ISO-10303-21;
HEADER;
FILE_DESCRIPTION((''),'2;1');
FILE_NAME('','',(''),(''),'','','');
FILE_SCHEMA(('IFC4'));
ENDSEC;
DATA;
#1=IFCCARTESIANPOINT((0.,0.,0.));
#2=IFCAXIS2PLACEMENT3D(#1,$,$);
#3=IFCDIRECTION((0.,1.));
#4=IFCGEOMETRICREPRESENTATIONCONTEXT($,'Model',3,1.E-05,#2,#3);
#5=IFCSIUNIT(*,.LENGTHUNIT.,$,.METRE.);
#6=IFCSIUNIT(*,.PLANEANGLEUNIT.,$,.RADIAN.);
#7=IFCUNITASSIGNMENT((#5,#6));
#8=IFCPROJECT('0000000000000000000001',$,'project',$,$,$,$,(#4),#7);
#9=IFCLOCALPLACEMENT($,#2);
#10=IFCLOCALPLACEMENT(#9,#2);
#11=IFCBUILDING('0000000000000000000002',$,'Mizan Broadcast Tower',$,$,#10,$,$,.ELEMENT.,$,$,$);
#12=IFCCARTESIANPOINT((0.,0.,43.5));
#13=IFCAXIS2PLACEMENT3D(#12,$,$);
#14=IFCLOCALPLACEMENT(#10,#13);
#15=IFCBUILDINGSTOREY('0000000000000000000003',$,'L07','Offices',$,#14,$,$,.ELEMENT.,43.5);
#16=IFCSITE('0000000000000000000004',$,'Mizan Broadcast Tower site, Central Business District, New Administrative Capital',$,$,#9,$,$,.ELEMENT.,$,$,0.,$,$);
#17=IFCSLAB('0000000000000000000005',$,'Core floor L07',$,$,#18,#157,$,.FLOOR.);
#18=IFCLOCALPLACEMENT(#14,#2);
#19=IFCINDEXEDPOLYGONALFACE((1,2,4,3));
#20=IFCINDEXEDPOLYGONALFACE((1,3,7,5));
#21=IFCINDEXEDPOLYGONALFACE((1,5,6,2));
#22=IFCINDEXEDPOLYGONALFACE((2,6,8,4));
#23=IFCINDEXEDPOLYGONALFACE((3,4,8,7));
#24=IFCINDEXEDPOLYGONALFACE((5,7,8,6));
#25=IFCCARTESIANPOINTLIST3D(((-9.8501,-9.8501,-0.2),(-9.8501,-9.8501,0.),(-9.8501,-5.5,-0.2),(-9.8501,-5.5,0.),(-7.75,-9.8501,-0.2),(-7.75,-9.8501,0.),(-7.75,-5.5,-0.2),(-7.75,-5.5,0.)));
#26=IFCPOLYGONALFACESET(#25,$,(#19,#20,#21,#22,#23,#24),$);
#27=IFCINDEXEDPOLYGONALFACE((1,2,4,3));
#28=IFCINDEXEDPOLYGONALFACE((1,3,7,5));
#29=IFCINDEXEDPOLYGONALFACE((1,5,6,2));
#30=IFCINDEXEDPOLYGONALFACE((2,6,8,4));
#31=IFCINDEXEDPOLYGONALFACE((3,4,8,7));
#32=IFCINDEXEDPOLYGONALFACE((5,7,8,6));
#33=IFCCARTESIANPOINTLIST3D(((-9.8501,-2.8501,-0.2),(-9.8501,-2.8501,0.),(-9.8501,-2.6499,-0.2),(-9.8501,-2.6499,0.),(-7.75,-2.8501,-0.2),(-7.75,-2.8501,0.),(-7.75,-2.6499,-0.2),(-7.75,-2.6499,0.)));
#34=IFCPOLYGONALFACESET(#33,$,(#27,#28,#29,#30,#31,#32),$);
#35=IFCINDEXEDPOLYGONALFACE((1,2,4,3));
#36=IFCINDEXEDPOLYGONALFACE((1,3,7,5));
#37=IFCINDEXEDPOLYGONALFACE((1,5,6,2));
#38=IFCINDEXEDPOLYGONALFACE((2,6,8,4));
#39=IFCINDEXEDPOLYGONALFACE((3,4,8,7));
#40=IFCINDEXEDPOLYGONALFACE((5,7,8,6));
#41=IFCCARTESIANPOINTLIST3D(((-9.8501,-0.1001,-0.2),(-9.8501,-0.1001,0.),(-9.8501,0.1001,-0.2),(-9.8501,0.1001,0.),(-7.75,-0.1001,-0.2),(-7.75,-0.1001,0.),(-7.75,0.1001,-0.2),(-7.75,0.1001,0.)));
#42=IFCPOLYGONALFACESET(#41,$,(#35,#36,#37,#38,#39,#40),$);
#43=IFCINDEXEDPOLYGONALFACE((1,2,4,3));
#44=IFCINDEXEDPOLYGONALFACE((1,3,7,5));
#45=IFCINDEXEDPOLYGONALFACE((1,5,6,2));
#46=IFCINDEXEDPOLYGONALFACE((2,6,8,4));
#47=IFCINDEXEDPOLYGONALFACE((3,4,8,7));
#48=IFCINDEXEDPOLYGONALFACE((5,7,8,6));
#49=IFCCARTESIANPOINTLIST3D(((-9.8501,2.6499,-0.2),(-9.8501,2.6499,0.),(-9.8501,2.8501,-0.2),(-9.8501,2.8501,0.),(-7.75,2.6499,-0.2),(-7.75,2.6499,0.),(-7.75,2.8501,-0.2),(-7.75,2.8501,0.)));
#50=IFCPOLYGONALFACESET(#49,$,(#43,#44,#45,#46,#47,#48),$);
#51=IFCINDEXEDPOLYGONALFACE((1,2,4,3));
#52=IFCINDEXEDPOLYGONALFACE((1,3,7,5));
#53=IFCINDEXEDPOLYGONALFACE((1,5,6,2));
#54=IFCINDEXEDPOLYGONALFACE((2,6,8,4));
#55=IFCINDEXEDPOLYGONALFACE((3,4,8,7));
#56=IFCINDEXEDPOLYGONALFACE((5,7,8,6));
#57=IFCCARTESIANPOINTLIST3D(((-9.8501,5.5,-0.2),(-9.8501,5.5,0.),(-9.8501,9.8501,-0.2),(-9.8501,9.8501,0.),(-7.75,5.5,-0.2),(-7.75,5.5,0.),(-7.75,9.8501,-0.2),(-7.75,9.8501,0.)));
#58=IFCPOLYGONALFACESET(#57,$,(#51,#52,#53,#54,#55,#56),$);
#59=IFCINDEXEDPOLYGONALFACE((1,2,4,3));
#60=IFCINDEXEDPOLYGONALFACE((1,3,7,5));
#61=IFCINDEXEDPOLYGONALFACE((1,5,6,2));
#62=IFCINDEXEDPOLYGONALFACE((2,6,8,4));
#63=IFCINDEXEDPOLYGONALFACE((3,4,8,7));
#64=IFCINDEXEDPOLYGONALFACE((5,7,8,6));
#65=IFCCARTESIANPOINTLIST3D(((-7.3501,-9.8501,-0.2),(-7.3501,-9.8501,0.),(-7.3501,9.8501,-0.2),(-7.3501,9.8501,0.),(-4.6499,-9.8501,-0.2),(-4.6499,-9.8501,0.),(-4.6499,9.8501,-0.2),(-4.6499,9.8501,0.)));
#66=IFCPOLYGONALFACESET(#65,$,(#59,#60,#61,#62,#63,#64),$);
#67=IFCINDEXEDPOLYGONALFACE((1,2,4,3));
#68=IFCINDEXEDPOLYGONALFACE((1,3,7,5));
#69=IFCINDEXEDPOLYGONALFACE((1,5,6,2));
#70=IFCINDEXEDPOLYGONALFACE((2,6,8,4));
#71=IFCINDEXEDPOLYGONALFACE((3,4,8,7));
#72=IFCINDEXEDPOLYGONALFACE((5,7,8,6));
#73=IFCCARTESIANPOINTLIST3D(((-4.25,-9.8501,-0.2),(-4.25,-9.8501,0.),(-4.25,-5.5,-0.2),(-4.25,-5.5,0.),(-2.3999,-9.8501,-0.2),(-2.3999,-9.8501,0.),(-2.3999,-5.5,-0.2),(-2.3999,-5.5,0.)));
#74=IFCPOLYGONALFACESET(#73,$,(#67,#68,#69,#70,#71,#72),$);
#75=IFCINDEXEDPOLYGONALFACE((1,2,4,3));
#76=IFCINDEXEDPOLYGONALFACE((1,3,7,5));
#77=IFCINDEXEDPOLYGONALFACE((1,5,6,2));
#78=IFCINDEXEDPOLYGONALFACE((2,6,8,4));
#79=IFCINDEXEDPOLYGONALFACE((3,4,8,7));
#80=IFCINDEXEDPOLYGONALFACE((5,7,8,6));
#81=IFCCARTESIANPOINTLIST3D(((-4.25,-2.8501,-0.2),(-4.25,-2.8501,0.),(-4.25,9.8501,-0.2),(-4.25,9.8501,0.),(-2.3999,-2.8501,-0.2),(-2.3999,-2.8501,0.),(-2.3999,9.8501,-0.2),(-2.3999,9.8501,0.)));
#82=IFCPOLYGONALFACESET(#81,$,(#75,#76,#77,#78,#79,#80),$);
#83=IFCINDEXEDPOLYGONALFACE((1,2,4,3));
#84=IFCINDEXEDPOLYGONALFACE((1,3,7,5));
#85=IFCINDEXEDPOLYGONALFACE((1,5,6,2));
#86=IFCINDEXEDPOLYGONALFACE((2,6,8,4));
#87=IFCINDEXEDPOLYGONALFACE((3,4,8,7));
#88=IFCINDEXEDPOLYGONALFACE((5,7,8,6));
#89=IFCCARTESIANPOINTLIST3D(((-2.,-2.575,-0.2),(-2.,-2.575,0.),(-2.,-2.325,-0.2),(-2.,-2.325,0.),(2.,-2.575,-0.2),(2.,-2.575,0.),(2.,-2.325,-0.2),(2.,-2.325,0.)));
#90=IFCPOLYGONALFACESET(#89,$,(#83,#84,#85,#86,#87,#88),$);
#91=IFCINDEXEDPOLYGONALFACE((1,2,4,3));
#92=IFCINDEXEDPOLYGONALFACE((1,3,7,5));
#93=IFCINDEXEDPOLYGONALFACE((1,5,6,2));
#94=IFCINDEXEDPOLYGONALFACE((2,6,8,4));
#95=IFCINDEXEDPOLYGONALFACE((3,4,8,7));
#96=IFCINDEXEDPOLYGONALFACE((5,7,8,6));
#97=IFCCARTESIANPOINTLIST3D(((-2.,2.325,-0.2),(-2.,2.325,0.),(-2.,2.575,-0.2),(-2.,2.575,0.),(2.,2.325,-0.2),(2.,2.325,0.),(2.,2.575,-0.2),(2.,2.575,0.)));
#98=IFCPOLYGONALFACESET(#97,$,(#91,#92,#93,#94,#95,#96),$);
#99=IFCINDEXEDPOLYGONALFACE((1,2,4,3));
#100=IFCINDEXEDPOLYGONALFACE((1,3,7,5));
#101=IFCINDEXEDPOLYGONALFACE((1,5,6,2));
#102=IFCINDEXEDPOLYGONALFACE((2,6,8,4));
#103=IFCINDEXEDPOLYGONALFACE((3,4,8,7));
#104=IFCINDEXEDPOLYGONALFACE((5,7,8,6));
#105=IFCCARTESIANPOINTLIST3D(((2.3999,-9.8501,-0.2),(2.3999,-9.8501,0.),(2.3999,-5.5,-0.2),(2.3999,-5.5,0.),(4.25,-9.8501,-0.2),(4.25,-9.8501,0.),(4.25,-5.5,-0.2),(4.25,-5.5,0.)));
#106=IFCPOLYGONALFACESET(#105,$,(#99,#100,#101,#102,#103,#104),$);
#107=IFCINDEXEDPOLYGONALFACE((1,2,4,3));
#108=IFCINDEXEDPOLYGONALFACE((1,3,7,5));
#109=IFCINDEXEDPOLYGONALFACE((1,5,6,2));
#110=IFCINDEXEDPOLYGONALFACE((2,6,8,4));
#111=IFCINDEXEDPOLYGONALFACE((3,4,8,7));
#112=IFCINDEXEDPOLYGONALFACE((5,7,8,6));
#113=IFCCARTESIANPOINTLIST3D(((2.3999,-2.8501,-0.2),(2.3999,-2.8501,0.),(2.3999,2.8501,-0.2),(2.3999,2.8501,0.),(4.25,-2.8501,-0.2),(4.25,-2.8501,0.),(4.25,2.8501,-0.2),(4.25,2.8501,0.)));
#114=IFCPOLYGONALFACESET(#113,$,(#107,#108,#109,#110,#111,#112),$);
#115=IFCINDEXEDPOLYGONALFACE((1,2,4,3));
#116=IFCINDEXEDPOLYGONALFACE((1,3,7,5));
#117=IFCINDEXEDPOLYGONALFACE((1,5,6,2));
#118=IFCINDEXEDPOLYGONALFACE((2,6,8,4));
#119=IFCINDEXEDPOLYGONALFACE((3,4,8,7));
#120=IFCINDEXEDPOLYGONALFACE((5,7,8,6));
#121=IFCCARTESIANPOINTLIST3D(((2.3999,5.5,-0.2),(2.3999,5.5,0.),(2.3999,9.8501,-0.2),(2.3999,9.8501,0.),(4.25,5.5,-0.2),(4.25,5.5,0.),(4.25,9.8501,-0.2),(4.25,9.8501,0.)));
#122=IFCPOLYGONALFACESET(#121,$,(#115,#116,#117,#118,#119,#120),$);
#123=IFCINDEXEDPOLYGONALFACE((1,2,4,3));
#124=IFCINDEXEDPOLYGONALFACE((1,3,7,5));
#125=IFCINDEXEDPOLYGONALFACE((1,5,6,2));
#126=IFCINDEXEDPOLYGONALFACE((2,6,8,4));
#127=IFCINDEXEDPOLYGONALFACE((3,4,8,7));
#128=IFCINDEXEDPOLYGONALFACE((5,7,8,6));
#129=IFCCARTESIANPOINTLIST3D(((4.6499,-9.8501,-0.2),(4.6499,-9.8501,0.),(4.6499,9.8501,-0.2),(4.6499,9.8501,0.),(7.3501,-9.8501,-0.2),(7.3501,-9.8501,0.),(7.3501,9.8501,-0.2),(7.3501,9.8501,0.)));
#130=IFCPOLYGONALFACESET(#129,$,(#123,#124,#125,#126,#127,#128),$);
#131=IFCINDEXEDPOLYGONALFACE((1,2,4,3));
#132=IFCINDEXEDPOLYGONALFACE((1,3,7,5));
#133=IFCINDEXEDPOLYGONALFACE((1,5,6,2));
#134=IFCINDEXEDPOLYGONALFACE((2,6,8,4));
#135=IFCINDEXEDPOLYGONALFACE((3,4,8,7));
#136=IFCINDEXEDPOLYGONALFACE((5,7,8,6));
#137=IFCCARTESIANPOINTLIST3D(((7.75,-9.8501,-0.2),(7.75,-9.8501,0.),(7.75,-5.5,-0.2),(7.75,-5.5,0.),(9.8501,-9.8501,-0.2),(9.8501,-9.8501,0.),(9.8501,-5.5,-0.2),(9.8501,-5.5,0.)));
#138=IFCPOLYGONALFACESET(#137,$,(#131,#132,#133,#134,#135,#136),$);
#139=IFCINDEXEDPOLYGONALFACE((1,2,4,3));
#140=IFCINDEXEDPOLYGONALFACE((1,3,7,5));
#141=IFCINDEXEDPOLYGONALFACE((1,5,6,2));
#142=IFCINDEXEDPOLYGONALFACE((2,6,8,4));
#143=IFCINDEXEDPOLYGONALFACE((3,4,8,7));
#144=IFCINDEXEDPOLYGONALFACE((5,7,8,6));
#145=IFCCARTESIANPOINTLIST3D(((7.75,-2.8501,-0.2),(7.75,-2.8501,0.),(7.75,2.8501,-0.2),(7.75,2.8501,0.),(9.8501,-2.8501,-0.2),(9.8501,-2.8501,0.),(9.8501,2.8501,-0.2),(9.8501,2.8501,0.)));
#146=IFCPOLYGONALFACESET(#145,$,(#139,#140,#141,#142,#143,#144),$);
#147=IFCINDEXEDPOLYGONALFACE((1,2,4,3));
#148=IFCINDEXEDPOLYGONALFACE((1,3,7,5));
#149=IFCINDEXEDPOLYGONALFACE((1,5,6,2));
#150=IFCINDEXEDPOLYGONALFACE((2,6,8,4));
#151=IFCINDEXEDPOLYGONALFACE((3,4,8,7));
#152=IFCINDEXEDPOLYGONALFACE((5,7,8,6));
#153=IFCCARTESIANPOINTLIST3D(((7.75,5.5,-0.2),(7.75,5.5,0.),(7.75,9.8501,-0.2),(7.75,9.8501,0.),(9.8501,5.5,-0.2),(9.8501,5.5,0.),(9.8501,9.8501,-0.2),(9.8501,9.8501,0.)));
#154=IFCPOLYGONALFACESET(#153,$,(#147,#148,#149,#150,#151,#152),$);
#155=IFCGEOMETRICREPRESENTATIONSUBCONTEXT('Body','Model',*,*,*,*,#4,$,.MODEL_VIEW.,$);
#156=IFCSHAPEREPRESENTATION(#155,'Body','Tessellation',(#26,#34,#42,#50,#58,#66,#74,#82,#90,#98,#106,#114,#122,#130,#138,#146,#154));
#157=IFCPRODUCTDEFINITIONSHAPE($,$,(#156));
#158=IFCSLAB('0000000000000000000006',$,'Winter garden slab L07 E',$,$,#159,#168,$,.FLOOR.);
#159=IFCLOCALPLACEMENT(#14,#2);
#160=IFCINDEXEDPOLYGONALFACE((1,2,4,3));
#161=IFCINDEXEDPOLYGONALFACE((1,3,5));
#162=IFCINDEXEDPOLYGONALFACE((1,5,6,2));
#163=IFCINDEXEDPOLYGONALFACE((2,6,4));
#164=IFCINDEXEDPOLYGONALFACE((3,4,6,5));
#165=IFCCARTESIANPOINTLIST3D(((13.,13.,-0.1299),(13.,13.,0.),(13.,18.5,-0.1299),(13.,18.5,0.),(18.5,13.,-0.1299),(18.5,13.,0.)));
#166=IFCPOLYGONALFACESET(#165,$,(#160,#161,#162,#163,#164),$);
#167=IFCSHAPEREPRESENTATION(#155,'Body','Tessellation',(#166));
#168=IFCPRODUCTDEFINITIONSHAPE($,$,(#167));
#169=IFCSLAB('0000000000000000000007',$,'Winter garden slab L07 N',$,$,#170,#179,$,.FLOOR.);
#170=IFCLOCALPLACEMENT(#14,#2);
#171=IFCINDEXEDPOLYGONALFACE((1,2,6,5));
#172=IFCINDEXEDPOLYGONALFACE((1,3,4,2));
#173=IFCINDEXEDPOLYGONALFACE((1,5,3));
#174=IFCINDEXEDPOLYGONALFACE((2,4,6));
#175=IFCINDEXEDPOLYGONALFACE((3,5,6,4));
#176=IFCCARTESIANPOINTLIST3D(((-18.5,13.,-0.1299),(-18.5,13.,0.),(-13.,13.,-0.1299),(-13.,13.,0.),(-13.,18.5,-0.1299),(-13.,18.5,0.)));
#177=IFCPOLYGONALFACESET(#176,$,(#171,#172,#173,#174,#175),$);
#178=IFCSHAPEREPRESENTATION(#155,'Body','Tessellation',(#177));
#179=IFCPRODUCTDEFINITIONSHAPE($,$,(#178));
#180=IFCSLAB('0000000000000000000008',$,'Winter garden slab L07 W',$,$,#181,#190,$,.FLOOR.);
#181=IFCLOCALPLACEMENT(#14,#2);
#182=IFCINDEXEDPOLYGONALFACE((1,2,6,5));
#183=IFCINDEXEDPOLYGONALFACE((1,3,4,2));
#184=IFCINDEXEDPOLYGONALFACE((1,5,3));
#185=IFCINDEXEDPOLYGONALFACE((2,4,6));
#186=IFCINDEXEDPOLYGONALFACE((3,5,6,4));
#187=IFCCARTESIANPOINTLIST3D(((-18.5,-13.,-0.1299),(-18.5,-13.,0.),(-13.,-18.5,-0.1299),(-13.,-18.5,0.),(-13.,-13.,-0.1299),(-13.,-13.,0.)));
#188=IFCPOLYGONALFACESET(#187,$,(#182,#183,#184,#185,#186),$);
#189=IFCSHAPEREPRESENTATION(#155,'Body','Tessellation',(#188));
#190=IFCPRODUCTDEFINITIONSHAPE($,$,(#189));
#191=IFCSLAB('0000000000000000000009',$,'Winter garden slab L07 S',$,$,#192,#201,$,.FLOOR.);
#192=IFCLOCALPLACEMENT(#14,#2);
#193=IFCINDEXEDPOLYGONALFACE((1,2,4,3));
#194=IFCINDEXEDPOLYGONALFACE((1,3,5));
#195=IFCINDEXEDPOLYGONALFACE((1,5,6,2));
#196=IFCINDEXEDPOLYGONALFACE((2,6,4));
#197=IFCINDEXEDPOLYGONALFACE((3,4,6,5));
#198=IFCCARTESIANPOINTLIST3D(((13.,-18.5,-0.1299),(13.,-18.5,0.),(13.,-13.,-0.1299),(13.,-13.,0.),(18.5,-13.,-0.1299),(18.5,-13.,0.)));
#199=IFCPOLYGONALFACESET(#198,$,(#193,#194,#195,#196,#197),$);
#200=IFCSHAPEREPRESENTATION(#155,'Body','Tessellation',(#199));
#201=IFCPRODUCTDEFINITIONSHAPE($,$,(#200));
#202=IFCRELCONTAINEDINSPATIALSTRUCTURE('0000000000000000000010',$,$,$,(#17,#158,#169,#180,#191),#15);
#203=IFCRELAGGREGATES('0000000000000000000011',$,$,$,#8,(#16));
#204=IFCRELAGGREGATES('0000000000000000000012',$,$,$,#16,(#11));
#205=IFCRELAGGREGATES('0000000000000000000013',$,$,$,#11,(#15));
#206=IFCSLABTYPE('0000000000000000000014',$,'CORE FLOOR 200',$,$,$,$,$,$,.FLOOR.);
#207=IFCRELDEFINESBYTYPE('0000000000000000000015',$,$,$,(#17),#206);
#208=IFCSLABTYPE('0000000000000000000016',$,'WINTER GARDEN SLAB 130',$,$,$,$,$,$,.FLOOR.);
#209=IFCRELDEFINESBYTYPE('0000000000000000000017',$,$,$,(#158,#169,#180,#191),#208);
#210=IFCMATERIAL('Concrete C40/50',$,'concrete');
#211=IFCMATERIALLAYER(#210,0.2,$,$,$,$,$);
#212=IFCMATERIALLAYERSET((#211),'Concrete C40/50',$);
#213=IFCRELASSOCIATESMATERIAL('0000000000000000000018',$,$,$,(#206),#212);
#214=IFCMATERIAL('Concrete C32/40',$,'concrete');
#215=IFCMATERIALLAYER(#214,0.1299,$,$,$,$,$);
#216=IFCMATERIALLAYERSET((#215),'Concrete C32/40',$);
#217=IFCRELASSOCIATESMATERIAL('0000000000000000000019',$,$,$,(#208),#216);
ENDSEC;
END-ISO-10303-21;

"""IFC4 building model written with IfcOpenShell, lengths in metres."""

from ifc_helpers import new_model, si_unit, direction, frame, origin, place, context, subcontext, project, spatial, polyline, outline, extrude, material, layer, layer_set, type_object, element, save


model = new_model("IFC4")

# Units and contexts
model_context = context("Model", 3, precision=1e-05, world=origin(), true_north=direction((0.0, 1.0)))
body_context = subcontext(model_context, "Body", "Model", "MODEL_VIEW")
ifc_project = project(units=[si_unit("LENGTHUNIT", "METRE"), si_unit("PLANEANGLEUNIT", "RADIAN")], contexts=[model_context])

# Site, building, storey
site_placement = place(None, origin())
site = spatial("IfcSite", under=ifc_project, at=site_placement, Name="Mizan Broadcast Tower site, Central Business District, New Administrative Capital", CompositionType="ELEMENT", RefElevation=0.0)
building_placement = place(site_placement, origin())
building = spatial("IfcBuilding", under=site, at=building_placement, Name="Mizan Broadcast Tower", CompositionType="ELEMENT")
storey_placement = place(building_placement, frame((0.0, 0.0, 43.5)))
storey = spatial("IfcBuildingStorey", under=building, at=storey_placement, Name="L07", Description="Offices", CompositionType="ELEMENT", Elevation=43.5)

# Slabs
ifc_material_1 = material(Name="Concrete C40/50", Category="concrete")
ifc_layer_1 = layer(ifc_material_1, 0.2)
ifc_layer_set_1 = layer_set([ifc_layer_1], Name="Concrete C40/50")
slab_type_1 = type_object("IfcSlabType", Name="CORE FLOOR 200", PredefinedType="FLOOR", material=ifc_layer_set_1)
slab_1_placement = place(storey_placement, frame((0.0, 0.0, -0.2)))
element("IfcSlab", 1, at=slab_1_placement, inside=storey, type_object=slab_type_1, Name="Core floor L07", PredefinedType="FLOOR", context=body_context, shape_type="SweptSolid", body=[
    extrude(outline(polyline([(-9.8501, -9.8501), (-7.75, -9.8501), (-7.75, -5.5), (-9.8501, -5.5), (-9.8501, -9.8501)])), origin(), (0.0, 0.0, 1.0), 0.2),
    extrude(outline(polyline([(-9.8501, -2.8501), (-7.75, -2.8501), (-7.75, -2.6499), (-9.8501, -2.6499), (-9.8501, -2.8501)])), origin(), (0.0, 0.0, 1.0), 0.2),
    extrude(outline(polyline([(-9.8501, -0.1001), (-7.75, -0.1001), (-7.75, 0.1001), (-9.8501, 0.1001), (-9.8501, -0.1001)])), origin(), (0.0, 0.0, 1.0), 0.2),
    extrude(outline(polyline([(-9.8501, 2.6499), (-7.75, 2.6499), (-7.75, 2.8501), (-9.8501, 2.8501), (-9.8501, 2.6499)])), origin(), (0.0, 0.0, 1.0), 0.2),
    extrude(outline(polyline([(-9.8501, 5.5), (-7.75, 5.5), (-7.75, 9.8501), (-9.8501, 9.8501), (-9.8501, 5.5)])), origin(), (0.0, 0.0, 1.0), 0.2),
    extrude(outline(polyline([(-4.6499, 9.8501), (-7.3501, 9.8501), (-7.3501, -9.8501), (-4.6499, -9.8501), (-4.6499, 9.8501)])), origin(), (0.0, 0.0, 1.0), 0.2),
    extrude(outline(polyline([(-4.25, -5.5), (-4.25, -9.8501), (-2.3999, -9.8501), (-2.3999, -5.5), (-4.25, -5.5)])), origin(), (0.0, 0.0, 1.0), 0.2),
    extrude(outline(polyline([(-4.25, -2.8501), (-2.3999, -2.8501), (-2.3999, 9.8501), (-4.25, 9.8501), (-4.25, -2.8501)])), origin(), (0.0, 0.0, 1.0), 0.2),
    extrude(outline(polyline([(2.0, -2.325), (-2.0, -2.325), (-2.0, -2.575), (2.0, -2.575), (2.0, -2.325)])), origin(), (0.0, 0.0, 1.0), 0.2),
    extrude(outline(polyline([(2.0, 2.575), (-2.0, 2.575), (-2.0, 2.325), (2.0, 2.325), (2.0, 2.575)])), origin(), (0.0, 0.0, 1.0), 0.2),
    extrude(outline(polyline([(4.25, -9.8501), (4.25, -5.5), (2.3999, -5.5), (2.3999, -9.8501), (4.25, -9.8501)])), origin(), (0.0, 0.0, 1.0), 0.2),
    extrude(outline(polyline([(4.25, -2.8501), (4.25, 2.8501), (2.3999, 2.8501), (2.3999, -2.8501), (4.25, -2.8501)])), origin(), (0.0, 0.0, 1.0), 0.2),
    extrude(outline(polyline([(4.25, 5.5), (4.25, 9.8501), (2.3999, 9.8501), (2.3999, 5.5), (4.25, 5.5)])), origin(), (0.0, 0.0, 1.0), 0.2),
    extrude(outline(polyline([(4.6499, 9.8501), (4.6499, -9.8501), (7.3501, -9.8501), (7.3501, 9.8501), (4.6499, 9.8501)])), origin(), (0.0, 0.0, 1.0), 0.2),
    extrude(outline(polyline([(9.8501, -9.8501), (9.8501, -5.5), (7.75, -5.5), (7.75, -9.8501), (9.8501, -9.8501)])), origin(), (0.0, 0.0, 1.0), 0.2),
    extrude(outline(polyline([(7.75, 2.8501), (7.75, -2.8501), (9.8501, -2.8501), (9.8501, 2.8501), (7.75, 2.8501)])), origin(), (0.0, 0.0, 1.0), 0.2),
    extrude(outline(polyline([(9.8501, 5.5), (9.8501, 9.8501), (7.75, 9.8501), (7.75, 5.5), (9.8501, 5.5)])), origin(), (0.0, 0.0, 1.0), 0.2),
])
ifc_material_2 = material(Name="Concrete C32/40", Category="concrete")
ifc_layer_2 = layer(ifc_material_2, 0.1299)
ifc_layer_set_2 = layer_set([ifc_layer_2], Name="Concrete C32/40")
slab_type_2 = type_object("IfcSlabType", Name="WINTER GARDEN SLAB 130", PredefinedType="FLOOR", material=ifc_layer_set_2)
slab_2_placement = place(storey_placement, frame((0.0, 0.0, -0.1299)))
element("IfcSlab", 2, at=slab_2_placement, inside=storey, type_object=slab_type_2, Name="Winter garden slab L07 E", PredefinedType="FLOOR", context=body_context, shape_type="SweptSolid", body=[
    extrude(outline(polyline([(13.0, 13.0), (18.5, 13.0), (13.0, 18.5), (13.0, 13.0)])), origin(), (0.0, 0.0, 1.0), 0.1299),
])
slab_3_placement = place(storey_placement, frame((0.0, 0.0, -0.1299)))
element("IfcSlab", 3, at=slab_3_placement, inside=storey, type_object=slab_type_2, Name="Winter garden slab L07 N", PredefinedType="FLOOR", context=body_context, shape_type="SweptSolid", body=[
    extrude(outline(polyline([(-13.0, 13.0), (-13.0, 18.5), (-18.5, 13.0), (-13.0, 13.0)])), origin(), (0.0, 0.0, 1.0), 0.1299),
])
slab_4_placement = place(storey_placement, frame((0.0, 0.0, -0.1299)))
element("IfcSlab", 4, at=slab_4_placement, inside=storey, type_object=slab_type_2, Name="Winter garden slab L07 W", PredefinedType="FLOOR", context=body_context, shape_type="SweptSolid", body=[
    extrude(outline(polyline([(-13.0, -13.0), (-18.5, -13.0), (-13.0, -18.5), (-13.0, -13.0)])), origin(), (0.0, 0.0, 1.0), 0.1299),
])
slab_5_placement = place(storey_placement, frame((0.0, 0.0, -0.1299)))
element("IfcSlab", 5, at=slab_5_placement, inside=storey, type_object=slab_type_2, Name="Winter garden slab L07 S", PredefinedType="FLOOR", context=body_context, shape_type="SweptSolid", body=[
    extrude(outline(polyline([(13.0, -13.0), (13.0, -18.5), (18.5, -13.0), (13.0, -13.0)])), origin(), (0.0, 0.0, 1.0), 0.1299),
])

save(model, "model.ifc")
